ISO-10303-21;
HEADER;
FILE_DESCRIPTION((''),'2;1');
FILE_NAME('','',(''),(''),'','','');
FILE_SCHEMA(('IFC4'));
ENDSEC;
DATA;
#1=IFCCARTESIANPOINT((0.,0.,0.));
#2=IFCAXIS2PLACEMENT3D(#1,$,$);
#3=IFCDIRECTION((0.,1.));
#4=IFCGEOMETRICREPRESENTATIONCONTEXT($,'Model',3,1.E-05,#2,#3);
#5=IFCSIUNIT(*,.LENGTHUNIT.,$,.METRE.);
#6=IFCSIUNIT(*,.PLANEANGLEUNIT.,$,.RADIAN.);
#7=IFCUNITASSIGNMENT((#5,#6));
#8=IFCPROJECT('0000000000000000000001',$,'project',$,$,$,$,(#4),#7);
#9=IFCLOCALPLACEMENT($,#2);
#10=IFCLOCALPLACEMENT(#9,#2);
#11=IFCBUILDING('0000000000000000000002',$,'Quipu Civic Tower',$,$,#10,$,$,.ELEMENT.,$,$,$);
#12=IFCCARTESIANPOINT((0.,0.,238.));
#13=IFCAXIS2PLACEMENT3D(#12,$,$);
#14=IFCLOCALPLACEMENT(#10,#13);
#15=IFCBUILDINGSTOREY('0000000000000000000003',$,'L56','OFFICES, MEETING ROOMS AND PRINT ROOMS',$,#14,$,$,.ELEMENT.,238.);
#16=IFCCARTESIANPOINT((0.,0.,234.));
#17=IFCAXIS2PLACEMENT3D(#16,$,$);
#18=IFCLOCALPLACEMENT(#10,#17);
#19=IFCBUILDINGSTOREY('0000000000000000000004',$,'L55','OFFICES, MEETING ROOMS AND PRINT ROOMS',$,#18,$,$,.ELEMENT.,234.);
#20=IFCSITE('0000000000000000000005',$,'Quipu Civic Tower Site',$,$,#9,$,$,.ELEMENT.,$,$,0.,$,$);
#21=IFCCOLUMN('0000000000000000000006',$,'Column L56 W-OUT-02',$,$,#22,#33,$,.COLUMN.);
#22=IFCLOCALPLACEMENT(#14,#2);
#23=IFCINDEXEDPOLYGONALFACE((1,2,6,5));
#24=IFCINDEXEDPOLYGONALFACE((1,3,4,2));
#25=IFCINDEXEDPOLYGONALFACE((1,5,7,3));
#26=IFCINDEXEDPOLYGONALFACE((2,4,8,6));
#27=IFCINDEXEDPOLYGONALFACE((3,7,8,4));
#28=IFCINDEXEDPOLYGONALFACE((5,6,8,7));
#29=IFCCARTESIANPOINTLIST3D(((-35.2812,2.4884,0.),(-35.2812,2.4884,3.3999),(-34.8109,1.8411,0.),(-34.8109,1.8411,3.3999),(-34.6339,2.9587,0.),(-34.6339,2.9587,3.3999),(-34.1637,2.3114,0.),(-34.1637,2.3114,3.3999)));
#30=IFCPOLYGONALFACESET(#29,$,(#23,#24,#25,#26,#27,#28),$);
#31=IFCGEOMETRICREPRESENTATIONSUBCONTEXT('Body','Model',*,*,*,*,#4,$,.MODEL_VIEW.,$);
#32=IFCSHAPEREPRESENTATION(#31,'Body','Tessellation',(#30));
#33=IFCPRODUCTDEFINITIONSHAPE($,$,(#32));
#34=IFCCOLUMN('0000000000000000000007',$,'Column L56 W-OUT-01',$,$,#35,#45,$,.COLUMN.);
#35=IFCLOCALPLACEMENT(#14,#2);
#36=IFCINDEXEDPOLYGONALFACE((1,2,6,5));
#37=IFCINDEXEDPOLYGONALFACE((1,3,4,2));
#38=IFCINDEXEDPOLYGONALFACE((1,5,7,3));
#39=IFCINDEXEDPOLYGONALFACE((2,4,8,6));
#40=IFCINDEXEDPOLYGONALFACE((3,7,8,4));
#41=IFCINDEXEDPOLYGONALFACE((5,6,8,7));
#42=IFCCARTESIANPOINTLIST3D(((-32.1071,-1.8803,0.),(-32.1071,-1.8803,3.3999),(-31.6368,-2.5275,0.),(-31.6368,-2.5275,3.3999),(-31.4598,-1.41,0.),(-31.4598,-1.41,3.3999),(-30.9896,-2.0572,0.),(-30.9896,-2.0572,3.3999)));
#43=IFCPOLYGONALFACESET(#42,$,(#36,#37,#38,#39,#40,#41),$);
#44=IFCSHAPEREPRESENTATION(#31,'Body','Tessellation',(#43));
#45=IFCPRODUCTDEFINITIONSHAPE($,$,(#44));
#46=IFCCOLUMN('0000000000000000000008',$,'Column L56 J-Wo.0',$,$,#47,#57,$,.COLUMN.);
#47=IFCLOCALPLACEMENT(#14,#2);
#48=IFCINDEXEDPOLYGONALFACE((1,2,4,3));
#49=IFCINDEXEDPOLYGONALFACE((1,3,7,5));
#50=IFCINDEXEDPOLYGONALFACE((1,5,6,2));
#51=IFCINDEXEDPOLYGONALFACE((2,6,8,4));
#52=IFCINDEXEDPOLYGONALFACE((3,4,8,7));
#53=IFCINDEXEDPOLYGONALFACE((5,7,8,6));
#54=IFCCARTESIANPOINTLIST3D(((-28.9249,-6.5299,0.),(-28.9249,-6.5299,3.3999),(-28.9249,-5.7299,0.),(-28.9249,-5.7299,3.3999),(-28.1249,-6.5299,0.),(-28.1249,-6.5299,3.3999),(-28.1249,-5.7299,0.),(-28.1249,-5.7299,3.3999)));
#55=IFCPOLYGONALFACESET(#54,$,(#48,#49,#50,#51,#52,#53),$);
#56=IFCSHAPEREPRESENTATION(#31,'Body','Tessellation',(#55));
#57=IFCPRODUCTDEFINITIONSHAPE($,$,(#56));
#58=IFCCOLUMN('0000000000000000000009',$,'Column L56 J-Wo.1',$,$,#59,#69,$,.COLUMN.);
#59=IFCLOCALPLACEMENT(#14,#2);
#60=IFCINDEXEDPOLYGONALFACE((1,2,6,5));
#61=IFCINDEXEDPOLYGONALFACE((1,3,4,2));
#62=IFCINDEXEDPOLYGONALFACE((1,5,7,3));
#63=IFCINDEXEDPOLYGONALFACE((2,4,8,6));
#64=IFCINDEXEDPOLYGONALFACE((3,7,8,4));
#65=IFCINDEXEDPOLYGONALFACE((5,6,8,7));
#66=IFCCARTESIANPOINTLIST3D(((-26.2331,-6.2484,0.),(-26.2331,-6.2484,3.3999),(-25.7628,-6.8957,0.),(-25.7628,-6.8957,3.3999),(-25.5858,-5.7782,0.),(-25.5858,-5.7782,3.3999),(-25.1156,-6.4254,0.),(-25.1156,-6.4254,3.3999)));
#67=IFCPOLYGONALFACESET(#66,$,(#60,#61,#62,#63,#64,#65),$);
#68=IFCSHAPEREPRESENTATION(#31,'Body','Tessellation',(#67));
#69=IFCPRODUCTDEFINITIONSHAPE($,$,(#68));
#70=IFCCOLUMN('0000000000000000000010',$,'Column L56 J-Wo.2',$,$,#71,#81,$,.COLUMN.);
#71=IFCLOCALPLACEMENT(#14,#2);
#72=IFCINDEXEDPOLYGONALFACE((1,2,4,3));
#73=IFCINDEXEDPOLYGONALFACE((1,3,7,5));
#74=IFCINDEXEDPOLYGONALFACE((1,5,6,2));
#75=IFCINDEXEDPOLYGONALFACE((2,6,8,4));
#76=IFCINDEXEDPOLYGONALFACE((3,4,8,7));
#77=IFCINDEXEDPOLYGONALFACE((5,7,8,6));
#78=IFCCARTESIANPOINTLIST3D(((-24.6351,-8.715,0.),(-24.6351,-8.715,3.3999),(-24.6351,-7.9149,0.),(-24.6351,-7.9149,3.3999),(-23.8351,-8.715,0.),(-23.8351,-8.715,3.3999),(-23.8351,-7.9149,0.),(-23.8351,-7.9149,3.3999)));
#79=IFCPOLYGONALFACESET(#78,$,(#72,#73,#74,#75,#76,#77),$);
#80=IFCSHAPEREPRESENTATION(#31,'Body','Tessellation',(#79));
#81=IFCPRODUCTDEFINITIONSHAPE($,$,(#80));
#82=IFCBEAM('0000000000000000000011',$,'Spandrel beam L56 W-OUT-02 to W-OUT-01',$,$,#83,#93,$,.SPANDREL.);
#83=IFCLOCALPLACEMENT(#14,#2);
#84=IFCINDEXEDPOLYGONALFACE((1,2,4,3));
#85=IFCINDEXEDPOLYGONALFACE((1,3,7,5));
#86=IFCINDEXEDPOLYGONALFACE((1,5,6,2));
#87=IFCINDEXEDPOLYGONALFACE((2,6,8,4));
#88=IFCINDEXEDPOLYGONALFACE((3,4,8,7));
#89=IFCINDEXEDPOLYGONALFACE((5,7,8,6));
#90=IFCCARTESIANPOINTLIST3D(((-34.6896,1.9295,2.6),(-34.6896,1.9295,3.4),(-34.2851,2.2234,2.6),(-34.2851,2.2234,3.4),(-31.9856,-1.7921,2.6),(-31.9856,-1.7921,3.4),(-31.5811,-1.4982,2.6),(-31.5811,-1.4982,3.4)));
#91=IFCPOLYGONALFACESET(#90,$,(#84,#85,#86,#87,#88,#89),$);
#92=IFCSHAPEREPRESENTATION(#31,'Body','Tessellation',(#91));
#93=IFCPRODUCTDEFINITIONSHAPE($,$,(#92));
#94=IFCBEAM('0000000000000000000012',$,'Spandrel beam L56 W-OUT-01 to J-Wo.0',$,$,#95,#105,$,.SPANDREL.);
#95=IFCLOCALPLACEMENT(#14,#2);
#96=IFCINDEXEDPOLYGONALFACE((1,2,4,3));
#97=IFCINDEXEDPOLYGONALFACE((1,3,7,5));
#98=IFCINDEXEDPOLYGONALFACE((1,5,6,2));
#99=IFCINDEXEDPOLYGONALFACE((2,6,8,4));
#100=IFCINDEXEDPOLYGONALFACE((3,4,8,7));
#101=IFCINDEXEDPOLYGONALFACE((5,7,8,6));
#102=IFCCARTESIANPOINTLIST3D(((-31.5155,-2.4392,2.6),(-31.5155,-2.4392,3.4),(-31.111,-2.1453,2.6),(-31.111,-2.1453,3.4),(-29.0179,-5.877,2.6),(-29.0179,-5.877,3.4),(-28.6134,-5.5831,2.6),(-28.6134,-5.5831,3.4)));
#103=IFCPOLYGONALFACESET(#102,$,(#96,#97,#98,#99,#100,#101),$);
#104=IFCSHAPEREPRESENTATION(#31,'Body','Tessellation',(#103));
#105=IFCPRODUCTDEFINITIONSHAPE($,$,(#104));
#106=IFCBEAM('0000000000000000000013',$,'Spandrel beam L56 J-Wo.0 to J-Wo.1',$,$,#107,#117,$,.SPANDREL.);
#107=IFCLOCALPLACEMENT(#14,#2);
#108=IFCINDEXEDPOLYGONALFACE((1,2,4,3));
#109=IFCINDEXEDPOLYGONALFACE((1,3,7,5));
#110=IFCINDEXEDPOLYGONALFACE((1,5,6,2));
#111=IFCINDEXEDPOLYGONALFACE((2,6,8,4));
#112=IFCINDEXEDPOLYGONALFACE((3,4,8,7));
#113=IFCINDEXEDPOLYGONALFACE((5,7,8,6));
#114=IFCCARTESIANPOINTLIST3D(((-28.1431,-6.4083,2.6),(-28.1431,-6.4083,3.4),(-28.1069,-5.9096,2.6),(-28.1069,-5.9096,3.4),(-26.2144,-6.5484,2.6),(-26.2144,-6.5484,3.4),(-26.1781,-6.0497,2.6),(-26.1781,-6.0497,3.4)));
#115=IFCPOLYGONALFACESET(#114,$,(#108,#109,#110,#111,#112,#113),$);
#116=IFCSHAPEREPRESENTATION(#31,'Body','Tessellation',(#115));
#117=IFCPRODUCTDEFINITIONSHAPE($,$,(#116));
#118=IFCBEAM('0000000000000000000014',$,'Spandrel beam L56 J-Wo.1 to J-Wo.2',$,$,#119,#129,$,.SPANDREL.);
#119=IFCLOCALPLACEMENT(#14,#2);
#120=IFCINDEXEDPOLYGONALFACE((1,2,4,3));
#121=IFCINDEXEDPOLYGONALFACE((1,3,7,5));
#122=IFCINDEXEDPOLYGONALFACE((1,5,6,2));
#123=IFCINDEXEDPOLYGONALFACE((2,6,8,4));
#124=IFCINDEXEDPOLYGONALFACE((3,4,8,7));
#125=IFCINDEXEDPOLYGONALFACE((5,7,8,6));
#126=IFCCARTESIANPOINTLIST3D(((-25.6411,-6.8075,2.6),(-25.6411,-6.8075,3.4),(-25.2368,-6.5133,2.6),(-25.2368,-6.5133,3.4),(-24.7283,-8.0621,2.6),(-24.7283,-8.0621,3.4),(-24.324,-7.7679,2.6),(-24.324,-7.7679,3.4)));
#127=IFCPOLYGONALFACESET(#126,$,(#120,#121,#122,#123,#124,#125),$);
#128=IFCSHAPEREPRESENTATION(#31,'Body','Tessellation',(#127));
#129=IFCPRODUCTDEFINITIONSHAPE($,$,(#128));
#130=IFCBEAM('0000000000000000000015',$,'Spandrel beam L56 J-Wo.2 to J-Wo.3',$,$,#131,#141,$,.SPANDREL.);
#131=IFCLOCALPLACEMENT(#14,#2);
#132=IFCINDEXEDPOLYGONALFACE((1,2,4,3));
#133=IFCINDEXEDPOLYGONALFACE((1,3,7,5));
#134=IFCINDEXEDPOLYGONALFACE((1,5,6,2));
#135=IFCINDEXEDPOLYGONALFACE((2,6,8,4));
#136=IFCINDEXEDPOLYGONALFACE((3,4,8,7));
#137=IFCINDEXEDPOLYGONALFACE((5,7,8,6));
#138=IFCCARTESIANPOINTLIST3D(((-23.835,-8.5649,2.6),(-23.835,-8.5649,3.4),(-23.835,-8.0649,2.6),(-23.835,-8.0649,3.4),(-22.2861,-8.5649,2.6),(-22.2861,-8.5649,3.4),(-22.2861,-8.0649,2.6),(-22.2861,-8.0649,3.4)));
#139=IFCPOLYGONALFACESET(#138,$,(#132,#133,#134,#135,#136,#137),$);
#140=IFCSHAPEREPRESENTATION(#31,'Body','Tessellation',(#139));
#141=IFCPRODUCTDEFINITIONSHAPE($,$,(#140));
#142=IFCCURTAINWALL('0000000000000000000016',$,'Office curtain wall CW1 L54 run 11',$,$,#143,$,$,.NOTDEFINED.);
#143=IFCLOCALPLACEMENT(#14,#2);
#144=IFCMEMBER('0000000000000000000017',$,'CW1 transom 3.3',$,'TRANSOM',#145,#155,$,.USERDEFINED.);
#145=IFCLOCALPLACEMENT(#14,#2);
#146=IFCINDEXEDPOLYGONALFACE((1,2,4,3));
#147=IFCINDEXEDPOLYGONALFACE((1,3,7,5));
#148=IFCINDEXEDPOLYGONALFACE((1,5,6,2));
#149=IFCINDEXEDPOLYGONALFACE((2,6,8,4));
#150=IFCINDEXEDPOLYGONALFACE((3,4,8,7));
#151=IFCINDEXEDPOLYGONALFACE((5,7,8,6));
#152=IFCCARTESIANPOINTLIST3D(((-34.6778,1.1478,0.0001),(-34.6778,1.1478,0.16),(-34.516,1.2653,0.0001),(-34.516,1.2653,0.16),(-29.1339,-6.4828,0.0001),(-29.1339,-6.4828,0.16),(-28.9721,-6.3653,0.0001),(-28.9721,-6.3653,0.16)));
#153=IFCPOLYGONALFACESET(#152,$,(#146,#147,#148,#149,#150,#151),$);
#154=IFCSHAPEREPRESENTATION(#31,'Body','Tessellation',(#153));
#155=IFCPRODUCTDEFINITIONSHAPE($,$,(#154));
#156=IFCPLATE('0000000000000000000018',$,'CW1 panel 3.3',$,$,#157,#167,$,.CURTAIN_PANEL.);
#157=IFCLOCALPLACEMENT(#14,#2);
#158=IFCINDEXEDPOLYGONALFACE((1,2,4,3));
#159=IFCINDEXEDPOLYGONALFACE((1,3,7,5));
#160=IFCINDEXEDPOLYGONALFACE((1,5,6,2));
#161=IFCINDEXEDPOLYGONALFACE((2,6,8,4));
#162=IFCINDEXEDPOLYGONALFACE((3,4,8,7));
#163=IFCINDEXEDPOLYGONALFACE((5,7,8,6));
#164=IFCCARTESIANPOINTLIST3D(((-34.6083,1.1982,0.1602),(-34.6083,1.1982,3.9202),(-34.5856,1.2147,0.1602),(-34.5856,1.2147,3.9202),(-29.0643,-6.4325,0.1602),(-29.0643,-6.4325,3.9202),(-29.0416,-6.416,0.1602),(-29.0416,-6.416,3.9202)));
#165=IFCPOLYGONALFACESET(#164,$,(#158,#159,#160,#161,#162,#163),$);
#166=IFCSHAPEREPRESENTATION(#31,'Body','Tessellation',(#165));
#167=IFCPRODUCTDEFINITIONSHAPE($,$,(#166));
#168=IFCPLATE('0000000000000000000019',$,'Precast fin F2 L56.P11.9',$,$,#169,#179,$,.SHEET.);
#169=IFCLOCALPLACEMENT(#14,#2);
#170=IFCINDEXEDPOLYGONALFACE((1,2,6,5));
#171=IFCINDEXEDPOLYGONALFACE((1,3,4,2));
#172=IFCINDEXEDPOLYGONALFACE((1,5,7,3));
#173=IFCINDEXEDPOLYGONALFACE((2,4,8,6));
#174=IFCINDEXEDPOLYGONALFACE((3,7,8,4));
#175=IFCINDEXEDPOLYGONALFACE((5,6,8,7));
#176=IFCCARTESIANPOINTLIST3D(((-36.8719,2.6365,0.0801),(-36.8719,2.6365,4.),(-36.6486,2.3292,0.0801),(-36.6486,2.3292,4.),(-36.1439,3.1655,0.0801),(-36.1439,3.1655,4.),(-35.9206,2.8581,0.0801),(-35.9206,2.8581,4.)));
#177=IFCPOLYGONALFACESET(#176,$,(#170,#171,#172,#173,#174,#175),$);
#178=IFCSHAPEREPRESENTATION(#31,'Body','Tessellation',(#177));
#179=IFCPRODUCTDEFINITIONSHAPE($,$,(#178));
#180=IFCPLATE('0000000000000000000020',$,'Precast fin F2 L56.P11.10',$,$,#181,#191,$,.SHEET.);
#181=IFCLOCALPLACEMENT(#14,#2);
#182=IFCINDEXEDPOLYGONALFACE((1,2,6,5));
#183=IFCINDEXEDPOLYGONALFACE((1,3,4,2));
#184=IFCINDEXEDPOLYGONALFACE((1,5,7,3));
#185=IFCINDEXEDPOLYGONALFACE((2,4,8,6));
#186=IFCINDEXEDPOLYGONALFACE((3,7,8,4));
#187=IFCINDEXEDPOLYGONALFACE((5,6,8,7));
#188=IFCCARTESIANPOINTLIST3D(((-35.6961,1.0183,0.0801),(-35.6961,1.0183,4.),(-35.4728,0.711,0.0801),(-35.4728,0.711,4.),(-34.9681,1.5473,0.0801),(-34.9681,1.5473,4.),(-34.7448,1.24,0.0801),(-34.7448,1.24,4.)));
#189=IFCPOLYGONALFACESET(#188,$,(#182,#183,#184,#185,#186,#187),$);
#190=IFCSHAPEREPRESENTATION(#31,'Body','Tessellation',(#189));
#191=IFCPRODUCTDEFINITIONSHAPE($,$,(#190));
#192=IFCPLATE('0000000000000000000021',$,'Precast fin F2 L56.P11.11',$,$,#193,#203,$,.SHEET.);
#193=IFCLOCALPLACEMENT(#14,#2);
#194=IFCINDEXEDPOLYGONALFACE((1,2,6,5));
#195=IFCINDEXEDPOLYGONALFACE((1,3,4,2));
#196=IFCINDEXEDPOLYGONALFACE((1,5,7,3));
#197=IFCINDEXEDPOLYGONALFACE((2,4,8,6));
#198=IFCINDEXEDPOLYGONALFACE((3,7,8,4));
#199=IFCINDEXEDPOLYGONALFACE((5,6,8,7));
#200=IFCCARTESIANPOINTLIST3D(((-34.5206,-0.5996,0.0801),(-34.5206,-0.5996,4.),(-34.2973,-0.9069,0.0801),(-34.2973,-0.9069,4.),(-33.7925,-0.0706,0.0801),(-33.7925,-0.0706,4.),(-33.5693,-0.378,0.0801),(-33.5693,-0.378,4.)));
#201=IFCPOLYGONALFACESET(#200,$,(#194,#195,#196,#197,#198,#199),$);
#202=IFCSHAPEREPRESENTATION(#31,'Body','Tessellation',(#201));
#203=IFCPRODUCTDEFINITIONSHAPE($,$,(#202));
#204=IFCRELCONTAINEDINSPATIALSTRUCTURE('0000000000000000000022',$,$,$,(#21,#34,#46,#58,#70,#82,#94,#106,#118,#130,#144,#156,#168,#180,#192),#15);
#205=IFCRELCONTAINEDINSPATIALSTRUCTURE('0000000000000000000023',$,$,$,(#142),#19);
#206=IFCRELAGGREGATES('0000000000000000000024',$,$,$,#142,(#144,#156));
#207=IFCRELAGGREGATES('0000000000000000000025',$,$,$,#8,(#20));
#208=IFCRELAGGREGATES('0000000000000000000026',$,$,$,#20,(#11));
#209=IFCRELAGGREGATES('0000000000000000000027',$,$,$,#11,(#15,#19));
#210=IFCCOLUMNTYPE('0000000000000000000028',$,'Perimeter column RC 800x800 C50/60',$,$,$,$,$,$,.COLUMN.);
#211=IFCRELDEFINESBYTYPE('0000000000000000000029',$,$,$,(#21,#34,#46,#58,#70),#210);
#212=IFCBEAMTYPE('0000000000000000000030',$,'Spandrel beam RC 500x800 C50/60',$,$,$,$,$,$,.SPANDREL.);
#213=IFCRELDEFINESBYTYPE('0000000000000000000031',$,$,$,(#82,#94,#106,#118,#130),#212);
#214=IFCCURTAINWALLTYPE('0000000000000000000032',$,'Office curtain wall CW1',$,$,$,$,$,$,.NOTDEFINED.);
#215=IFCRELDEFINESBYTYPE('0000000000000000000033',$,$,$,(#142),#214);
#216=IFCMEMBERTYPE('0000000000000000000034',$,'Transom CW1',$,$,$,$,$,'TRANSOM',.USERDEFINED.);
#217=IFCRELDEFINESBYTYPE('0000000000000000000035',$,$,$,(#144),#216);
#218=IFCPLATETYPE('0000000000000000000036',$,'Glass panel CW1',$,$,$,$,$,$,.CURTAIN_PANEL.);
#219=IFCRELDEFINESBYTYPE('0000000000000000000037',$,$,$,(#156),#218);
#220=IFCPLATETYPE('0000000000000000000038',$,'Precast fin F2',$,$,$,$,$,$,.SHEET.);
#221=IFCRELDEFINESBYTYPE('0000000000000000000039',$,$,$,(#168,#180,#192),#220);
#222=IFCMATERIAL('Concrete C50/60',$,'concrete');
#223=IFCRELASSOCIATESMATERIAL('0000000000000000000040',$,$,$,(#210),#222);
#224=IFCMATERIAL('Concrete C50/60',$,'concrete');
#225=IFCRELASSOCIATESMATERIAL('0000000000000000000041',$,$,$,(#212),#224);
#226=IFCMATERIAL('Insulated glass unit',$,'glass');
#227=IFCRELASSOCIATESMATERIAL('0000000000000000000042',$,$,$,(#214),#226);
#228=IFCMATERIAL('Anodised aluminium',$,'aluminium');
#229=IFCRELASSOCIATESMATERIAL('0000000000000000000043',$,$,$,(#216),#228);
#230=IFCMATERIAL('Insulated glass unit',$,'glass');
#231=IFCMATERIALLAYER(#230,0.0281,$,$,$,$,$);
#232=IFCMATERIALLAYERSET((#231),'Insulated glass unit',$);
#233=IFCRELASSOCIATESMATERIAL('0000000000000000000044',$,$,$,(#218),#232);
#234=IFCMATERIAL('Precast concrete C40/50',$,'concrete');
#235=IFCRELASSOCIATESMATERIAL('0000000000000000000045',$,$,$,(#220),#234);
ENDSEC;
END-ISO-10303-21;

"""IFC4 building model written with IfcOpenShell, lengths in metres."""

from ifc_helpers import new_model, si_unit, direction, frame, origin, origin_2d, place, context, subcontext, project, spatial, rectangle, extrude, material, layer, layer_set, material_profile, profile_set, type_object, element, aggregate, save


model = new_model("IFC4")

# Units and contexts
model_context = context("Model", 3, precision=1e-05, world=origin(), true_north=direction((0.0, 1.0)))
body_context = subcontext(model_context, "Body", "Model", "MODEL_VIEW")
ifc_project = project(units=[si_unit("LENGTHUNIT", "METRE"), si_unit("PLANEANGLEUNIT", "RADIAN")], contexts=[model_context])

# Site, building, storey
site_placement = place(None, origin())
site = spatial("IfcSite", under=ifc_project, at=site_placement, Name="Quipu Civic Tower Site", CompositionType="ELEMENT", RefElevation=0.0)
building_placement = place(site_placement, origin())
building = spatial("IfcBuilding", under=site, at=building_placement, Name="Quipu Civic Tower", CompositionType="ELEMENT")
storey_1_placement = place(building_placement, frame((0.0, 0.0, 238.0)))
storey_1 = spatial("IfcBuildingStorey", under=building, at=storey_1_placement, Name="L56", Description="OFFICES, MEETING ROOMS AND PRINT ROOMS", CompositionType="ELEMENT", Elevation=238.0)

# Columns
ifc_material_1 = material(Name="Concrete C50/60", Category="concrete")
ifc_material_profile_1 = material_profile(ifc_material_1, rectangle(XDim=0.8, YDim=0.8, at=origin_2d()), Name="RC800x800")
ifc_profile_set_1 = profile_set([ifc_material_profile_1], Name="Concrete C50/60")
column_type = type_object("IfcColumnType", Name="Perimeter column RC 800x800 C50/60", PredefinedType="COLUMN", material=ifc_profile_set_1)
for number, where, z_axis, x_axis, name in (
    (1, (-34.7224, 2.3999, 0.0), (0.0, 0.0, 1.0), (0.587785, -0.809017, 0.0), "Column L56 W-OUT-02"),
    (2, (-31.5483, -1.9688, 0.0), (0.0, 0.0, 1.0), (0.587785, -0.809017, 0.0), "Column L56 W-OUT-01"),
    (3, (-28.5249, -6.1299, 0.0), (0.0, 0.0, 1.0), (1.0, 0.0, 0.0), "Column L56 J-Wo.0"),
    (4, (-25.6743, -6.3369, 0.0), (0.0, 0.0, 1.0), (0.587785, -0.809017, 0.0), "Column L56 J-Wo.1"),
    (5, (-24.2351, -8.3149, 0.0), (0.0, 0.0, 1.0), (1.0, 0.0, 0.0), "Column L56 J-Wo.2"),
):
    element("IfcColumn", number, at=place(storey_1_placement, frame(where, z_axis=z_axis, x_axis=x_axis)), inside=storey_1, type_object=column_type, Name=name, PredefinedType="COLUMN", context=body_context, shape_type="SweptSolid", body=[
        extrude(rectangle(XDim=0.8, YDim=0.8, at=origin_2d()), origin(), (0.0, 0.0, 1.0), 3.3999),
    ])

# Beams
ifc_material_2 = material(Name="Concrete C50/60", Category="concrete")
ifc_material_profile_2 = material_profile(ifc_material_2, rectangle(XDim=0.5, YDim=0.8, at=origin_2d()), Name="RC500x800")
ifc_profile_set_2 = profile_set([ifc_material_profile_2], Name="Concrete C50/60")
beam_type = type_object("IfcBeamType", Name="Spandrel beam RC 500x800 C50/60", PredefinedType="SPANDREL", material=ifc_profile_set_2)
beam_1_placement = place(storey_1_placement, frame((-34.4873, 2.0764, 3.0), z_axis=(0.587796, -0.809009, 0.0), x_axis=(0.809009, 0.587796, 0.0)))
element("IfcBeam", 6, at=beam_1_placement, inside=storey_1, type_object=beam_type, Name="Spandrel beam L56 W-OUT-02 to W-OUT-01", PredefinedType="SPANDREL", context=body_context, shape_type="SweptSolid", body=[
    extrude(rectangle(XDim=0.5, YDim=0.8, at=origin_2d()), origin(), (0.0, 0.0, 1.0), 4.6001),
])
beam_2_placement = place(storey_1_placement, frame((-31.3132, -2.2922, 3.0), z_axis=(0.587769, -0.809029, 0.0), x_axis=(0.809029, 0.587769, 0.0)))
element("IfcBeam", 7, at=beam_2_placement, inside=storey_1, type_object=beam_type, Name="Spandrel beam L56 W-OUT-01 to J-Wo.0", PredefinedType="SPANDREL", context=body_context, shape_type="SweptSolid", body=[
    extrude(rectangle(XDim=0.5, YDim=0.8, at=origin_2d()), origin(), (0.0, 0.0, 1.0), 4.2493),
])
beam_3_placement = place(storey_1_placement, frame((-28.125, -6.1589, 3.0), z_axis=(0.997371, -0.072467, 0.0), x_axis=(0.072467, 0.997371, 0.0)))
element("IfcBeam", 8, at=beam_3_placement, inside=storey_1, type_object=beam_type, Name="Spandrel beam L56 J-Wo.0 to J-Wo.1", PredefinedType="SPANDREL", context=body_context, shape_type="SweptSolid", body=[
    extrude(rectangle(XDim=0.5, YDim=0.8, at=origin_2d()), origin(), (0.0, 0.0, 1.0), 1.9338),
])
beam_4_placement = place(storey_1_placement, frame((-25.439, -6.6604, 3.0), z_axis=(0.588331, -0.80862, 0.0), x_axis=(0.80862, 0.588331, 0.0)))
element("IfcBeam", 9, at=beam_4_placement, inside=storey_1, type_object=beam_type, Name="Spandrel beam L56 J-Wo.1 to J-Wo.2", PredefinedType="SPANDREL", context=body_context, shape_type="SweptSolid", body=[
    extrude(rectangle(XDim=0.5, YDim=0.8, at=origin_2d()), origin(), (0.0, 0.0, 1.0), 1.5515),
])
beam_5_placement = place(storey_1_placement, frame((-23.835, -8.3149, 3.0), z_axis=(1.0, 0.0, 0.0), x_axis=(0.0, 1.0, 0.0)))
element("IfcBeam", 10, at=beam_5_placement, inside=storey_1, type_object=beam_type, Name="Spandrel beam L56 J-Wo.2 to J-Wo.3", PredefinedType="SPANDREL", context=body_context, shape_type="SweptSolid", body=[
    extrude(rectangle(XDim=0.5, YDim=0.8, at=origin_2d()), origin(), (0.0, 0.0, 1.0), 1.5488),
])

# Shared definitions
storey_2_placement = place(building_placement, frame((0.0, 0.0, 234.0)))
storey_2 = spatial("IfcBuildingStorey", under=building, at=storey_2_placement, Name="L55", Description="OFFICES, MEETING ROOMS AND PRINT ROOMS", CompositionType="ELEMENT", Elevation=234.0)

# Curtain wall, member, plate
ifc_material_3 = material(Name="Insulated glass unit", Category="glass")
curtain_wall_type = type_object("IfcCurtainWallType", Name="Office curtain wall CW1", PredefinedType="NOTDEFINED", material=ifc_material_3)
curtain_wall_placement = place(storey_2_placement, origin())
curtain_wall = element("IfcCurtainWall", 11, at=curtain_wall_placement, inside=storey_2, type_object=curtain_wall_type, Name="Office curtain wall CW1 L54 run 11", PredefinedType="NOTDEFINED")
ifc_material_4 = material(Name="Anodised aluminium", Category="aluminium")
ifc_material_profile_3 = material_profile(ifc_material_4, rectangle(XDim=0.2, YDim=0.1599, at=origin_2d()), Name="RECT 200x160")
ifc_profile_set_3 = profile_set([ifc_material_profile_3], Name="Anodised aluminium")
member_type = type_object("IfcMemberType", Name="Transom CW1", ElementType="TRANSOM", PredefinedType="USERDEFINED", material=ifc_profile_set_3)
member_placement = place(storey_1_placement, frame((-34.5969, 1.2065, 0.0801), z_axis=(0.587784, -0.809018, 0.0), x_axis=(0.809018, 0.587784, 0.0)))
member = element("IfcMember", 12, at=member_placement, inside=storey_1, type_object=member_type, Name="CW1 transom 3.3", ObjectType="TRANSOM", PredefinedType="USERDEFINED", context=body_context, shape_type="SweptSolid", body=[
    extrude(rectangle(XDim=0.2, YDim=0.1599, at=origin_2d()), origin(), (0.0, 0.0, 1.0), 9.4319),
])
ifc_material_5 = material(Name="Insulated glass unit", Category="glass")
ifc_layer = layer(ifc_material_5, 0.0281)
ifc_layer_set = layer_set([ifc_layer], Name="Insulated glass unit")
plate_type_1 = type_object("IfcPlateType", Name="Glass panel CW1", PredefinedType="CURTAIN_PANEL", material=ifc_layer_set)
plate_placement = place(storey_1_placement, frame((-31.825, -2.6089, 0.1602), z_axis=(0.0, 0.0, 1.0), x_axis=(0.587786, -0.809017, 0.0)))
plate = element("IfcPlate", 13, at=plate_placement, inside=storey_1, type_object=plate_type_1, Name="CW1 panel 3.3", PredefinedType="CURTAIN_PANEL", context=body_context, shape_type="SweptSolid", body=[
    extrude(rectangle(XDim=9.4321, YDim=0.0281, at=origin_2d()), origin(), (0.0, 0.0, 1.0), 3.76),
])
aggregate(curtain_wall, [member, plate])

# Plates
ifc_material_6 = material(Name="Precast concrete C40/50", Category="concrete")
plate_type_2 = type_object("IfcPlateType", Name="Precast fin F2", PredefinedType="SHEET", material=ifc_material_6)
for number, where, z_axis, x_axis, name in (
    (14, (-36.3962, 2.7473, 0.0801), (0.0, 0.0, 1.0), (0.587786, -0.809017, 0.0), "Precast fin F2 L56.P11.9"),
    (15, (-35.2205, 1.1292, 0.0801), (0.0, 0.0, 1.0), (0.587786, -0.809017, 0.0), "Precast fin F2 L56.P11.10"),
    (16, (-34.0449, -0.4888, 0.0801), (0.0, 0.0, 1.0), (0.587786, -0.809017, 0.0), "Precast fin F2 L56.P11.11"),
):
    element("IfcPlate", number, at=place(storey_1_placement, frame(where, z_axis=z_axis, x_axis=x_axis)), inside=storey_1, type_object=plate_type_2, Name=name, PredefinedType="SHEET", context=body_context, shape_type="SweptSolid", body=[
        extrude(rectangle(XDim=0.3799, YDim=0.8999, at=origin_2d()), origin(), (0.0, 0.0, 1.0), 3.9199),
    ])

save(model, "model.ifc")
